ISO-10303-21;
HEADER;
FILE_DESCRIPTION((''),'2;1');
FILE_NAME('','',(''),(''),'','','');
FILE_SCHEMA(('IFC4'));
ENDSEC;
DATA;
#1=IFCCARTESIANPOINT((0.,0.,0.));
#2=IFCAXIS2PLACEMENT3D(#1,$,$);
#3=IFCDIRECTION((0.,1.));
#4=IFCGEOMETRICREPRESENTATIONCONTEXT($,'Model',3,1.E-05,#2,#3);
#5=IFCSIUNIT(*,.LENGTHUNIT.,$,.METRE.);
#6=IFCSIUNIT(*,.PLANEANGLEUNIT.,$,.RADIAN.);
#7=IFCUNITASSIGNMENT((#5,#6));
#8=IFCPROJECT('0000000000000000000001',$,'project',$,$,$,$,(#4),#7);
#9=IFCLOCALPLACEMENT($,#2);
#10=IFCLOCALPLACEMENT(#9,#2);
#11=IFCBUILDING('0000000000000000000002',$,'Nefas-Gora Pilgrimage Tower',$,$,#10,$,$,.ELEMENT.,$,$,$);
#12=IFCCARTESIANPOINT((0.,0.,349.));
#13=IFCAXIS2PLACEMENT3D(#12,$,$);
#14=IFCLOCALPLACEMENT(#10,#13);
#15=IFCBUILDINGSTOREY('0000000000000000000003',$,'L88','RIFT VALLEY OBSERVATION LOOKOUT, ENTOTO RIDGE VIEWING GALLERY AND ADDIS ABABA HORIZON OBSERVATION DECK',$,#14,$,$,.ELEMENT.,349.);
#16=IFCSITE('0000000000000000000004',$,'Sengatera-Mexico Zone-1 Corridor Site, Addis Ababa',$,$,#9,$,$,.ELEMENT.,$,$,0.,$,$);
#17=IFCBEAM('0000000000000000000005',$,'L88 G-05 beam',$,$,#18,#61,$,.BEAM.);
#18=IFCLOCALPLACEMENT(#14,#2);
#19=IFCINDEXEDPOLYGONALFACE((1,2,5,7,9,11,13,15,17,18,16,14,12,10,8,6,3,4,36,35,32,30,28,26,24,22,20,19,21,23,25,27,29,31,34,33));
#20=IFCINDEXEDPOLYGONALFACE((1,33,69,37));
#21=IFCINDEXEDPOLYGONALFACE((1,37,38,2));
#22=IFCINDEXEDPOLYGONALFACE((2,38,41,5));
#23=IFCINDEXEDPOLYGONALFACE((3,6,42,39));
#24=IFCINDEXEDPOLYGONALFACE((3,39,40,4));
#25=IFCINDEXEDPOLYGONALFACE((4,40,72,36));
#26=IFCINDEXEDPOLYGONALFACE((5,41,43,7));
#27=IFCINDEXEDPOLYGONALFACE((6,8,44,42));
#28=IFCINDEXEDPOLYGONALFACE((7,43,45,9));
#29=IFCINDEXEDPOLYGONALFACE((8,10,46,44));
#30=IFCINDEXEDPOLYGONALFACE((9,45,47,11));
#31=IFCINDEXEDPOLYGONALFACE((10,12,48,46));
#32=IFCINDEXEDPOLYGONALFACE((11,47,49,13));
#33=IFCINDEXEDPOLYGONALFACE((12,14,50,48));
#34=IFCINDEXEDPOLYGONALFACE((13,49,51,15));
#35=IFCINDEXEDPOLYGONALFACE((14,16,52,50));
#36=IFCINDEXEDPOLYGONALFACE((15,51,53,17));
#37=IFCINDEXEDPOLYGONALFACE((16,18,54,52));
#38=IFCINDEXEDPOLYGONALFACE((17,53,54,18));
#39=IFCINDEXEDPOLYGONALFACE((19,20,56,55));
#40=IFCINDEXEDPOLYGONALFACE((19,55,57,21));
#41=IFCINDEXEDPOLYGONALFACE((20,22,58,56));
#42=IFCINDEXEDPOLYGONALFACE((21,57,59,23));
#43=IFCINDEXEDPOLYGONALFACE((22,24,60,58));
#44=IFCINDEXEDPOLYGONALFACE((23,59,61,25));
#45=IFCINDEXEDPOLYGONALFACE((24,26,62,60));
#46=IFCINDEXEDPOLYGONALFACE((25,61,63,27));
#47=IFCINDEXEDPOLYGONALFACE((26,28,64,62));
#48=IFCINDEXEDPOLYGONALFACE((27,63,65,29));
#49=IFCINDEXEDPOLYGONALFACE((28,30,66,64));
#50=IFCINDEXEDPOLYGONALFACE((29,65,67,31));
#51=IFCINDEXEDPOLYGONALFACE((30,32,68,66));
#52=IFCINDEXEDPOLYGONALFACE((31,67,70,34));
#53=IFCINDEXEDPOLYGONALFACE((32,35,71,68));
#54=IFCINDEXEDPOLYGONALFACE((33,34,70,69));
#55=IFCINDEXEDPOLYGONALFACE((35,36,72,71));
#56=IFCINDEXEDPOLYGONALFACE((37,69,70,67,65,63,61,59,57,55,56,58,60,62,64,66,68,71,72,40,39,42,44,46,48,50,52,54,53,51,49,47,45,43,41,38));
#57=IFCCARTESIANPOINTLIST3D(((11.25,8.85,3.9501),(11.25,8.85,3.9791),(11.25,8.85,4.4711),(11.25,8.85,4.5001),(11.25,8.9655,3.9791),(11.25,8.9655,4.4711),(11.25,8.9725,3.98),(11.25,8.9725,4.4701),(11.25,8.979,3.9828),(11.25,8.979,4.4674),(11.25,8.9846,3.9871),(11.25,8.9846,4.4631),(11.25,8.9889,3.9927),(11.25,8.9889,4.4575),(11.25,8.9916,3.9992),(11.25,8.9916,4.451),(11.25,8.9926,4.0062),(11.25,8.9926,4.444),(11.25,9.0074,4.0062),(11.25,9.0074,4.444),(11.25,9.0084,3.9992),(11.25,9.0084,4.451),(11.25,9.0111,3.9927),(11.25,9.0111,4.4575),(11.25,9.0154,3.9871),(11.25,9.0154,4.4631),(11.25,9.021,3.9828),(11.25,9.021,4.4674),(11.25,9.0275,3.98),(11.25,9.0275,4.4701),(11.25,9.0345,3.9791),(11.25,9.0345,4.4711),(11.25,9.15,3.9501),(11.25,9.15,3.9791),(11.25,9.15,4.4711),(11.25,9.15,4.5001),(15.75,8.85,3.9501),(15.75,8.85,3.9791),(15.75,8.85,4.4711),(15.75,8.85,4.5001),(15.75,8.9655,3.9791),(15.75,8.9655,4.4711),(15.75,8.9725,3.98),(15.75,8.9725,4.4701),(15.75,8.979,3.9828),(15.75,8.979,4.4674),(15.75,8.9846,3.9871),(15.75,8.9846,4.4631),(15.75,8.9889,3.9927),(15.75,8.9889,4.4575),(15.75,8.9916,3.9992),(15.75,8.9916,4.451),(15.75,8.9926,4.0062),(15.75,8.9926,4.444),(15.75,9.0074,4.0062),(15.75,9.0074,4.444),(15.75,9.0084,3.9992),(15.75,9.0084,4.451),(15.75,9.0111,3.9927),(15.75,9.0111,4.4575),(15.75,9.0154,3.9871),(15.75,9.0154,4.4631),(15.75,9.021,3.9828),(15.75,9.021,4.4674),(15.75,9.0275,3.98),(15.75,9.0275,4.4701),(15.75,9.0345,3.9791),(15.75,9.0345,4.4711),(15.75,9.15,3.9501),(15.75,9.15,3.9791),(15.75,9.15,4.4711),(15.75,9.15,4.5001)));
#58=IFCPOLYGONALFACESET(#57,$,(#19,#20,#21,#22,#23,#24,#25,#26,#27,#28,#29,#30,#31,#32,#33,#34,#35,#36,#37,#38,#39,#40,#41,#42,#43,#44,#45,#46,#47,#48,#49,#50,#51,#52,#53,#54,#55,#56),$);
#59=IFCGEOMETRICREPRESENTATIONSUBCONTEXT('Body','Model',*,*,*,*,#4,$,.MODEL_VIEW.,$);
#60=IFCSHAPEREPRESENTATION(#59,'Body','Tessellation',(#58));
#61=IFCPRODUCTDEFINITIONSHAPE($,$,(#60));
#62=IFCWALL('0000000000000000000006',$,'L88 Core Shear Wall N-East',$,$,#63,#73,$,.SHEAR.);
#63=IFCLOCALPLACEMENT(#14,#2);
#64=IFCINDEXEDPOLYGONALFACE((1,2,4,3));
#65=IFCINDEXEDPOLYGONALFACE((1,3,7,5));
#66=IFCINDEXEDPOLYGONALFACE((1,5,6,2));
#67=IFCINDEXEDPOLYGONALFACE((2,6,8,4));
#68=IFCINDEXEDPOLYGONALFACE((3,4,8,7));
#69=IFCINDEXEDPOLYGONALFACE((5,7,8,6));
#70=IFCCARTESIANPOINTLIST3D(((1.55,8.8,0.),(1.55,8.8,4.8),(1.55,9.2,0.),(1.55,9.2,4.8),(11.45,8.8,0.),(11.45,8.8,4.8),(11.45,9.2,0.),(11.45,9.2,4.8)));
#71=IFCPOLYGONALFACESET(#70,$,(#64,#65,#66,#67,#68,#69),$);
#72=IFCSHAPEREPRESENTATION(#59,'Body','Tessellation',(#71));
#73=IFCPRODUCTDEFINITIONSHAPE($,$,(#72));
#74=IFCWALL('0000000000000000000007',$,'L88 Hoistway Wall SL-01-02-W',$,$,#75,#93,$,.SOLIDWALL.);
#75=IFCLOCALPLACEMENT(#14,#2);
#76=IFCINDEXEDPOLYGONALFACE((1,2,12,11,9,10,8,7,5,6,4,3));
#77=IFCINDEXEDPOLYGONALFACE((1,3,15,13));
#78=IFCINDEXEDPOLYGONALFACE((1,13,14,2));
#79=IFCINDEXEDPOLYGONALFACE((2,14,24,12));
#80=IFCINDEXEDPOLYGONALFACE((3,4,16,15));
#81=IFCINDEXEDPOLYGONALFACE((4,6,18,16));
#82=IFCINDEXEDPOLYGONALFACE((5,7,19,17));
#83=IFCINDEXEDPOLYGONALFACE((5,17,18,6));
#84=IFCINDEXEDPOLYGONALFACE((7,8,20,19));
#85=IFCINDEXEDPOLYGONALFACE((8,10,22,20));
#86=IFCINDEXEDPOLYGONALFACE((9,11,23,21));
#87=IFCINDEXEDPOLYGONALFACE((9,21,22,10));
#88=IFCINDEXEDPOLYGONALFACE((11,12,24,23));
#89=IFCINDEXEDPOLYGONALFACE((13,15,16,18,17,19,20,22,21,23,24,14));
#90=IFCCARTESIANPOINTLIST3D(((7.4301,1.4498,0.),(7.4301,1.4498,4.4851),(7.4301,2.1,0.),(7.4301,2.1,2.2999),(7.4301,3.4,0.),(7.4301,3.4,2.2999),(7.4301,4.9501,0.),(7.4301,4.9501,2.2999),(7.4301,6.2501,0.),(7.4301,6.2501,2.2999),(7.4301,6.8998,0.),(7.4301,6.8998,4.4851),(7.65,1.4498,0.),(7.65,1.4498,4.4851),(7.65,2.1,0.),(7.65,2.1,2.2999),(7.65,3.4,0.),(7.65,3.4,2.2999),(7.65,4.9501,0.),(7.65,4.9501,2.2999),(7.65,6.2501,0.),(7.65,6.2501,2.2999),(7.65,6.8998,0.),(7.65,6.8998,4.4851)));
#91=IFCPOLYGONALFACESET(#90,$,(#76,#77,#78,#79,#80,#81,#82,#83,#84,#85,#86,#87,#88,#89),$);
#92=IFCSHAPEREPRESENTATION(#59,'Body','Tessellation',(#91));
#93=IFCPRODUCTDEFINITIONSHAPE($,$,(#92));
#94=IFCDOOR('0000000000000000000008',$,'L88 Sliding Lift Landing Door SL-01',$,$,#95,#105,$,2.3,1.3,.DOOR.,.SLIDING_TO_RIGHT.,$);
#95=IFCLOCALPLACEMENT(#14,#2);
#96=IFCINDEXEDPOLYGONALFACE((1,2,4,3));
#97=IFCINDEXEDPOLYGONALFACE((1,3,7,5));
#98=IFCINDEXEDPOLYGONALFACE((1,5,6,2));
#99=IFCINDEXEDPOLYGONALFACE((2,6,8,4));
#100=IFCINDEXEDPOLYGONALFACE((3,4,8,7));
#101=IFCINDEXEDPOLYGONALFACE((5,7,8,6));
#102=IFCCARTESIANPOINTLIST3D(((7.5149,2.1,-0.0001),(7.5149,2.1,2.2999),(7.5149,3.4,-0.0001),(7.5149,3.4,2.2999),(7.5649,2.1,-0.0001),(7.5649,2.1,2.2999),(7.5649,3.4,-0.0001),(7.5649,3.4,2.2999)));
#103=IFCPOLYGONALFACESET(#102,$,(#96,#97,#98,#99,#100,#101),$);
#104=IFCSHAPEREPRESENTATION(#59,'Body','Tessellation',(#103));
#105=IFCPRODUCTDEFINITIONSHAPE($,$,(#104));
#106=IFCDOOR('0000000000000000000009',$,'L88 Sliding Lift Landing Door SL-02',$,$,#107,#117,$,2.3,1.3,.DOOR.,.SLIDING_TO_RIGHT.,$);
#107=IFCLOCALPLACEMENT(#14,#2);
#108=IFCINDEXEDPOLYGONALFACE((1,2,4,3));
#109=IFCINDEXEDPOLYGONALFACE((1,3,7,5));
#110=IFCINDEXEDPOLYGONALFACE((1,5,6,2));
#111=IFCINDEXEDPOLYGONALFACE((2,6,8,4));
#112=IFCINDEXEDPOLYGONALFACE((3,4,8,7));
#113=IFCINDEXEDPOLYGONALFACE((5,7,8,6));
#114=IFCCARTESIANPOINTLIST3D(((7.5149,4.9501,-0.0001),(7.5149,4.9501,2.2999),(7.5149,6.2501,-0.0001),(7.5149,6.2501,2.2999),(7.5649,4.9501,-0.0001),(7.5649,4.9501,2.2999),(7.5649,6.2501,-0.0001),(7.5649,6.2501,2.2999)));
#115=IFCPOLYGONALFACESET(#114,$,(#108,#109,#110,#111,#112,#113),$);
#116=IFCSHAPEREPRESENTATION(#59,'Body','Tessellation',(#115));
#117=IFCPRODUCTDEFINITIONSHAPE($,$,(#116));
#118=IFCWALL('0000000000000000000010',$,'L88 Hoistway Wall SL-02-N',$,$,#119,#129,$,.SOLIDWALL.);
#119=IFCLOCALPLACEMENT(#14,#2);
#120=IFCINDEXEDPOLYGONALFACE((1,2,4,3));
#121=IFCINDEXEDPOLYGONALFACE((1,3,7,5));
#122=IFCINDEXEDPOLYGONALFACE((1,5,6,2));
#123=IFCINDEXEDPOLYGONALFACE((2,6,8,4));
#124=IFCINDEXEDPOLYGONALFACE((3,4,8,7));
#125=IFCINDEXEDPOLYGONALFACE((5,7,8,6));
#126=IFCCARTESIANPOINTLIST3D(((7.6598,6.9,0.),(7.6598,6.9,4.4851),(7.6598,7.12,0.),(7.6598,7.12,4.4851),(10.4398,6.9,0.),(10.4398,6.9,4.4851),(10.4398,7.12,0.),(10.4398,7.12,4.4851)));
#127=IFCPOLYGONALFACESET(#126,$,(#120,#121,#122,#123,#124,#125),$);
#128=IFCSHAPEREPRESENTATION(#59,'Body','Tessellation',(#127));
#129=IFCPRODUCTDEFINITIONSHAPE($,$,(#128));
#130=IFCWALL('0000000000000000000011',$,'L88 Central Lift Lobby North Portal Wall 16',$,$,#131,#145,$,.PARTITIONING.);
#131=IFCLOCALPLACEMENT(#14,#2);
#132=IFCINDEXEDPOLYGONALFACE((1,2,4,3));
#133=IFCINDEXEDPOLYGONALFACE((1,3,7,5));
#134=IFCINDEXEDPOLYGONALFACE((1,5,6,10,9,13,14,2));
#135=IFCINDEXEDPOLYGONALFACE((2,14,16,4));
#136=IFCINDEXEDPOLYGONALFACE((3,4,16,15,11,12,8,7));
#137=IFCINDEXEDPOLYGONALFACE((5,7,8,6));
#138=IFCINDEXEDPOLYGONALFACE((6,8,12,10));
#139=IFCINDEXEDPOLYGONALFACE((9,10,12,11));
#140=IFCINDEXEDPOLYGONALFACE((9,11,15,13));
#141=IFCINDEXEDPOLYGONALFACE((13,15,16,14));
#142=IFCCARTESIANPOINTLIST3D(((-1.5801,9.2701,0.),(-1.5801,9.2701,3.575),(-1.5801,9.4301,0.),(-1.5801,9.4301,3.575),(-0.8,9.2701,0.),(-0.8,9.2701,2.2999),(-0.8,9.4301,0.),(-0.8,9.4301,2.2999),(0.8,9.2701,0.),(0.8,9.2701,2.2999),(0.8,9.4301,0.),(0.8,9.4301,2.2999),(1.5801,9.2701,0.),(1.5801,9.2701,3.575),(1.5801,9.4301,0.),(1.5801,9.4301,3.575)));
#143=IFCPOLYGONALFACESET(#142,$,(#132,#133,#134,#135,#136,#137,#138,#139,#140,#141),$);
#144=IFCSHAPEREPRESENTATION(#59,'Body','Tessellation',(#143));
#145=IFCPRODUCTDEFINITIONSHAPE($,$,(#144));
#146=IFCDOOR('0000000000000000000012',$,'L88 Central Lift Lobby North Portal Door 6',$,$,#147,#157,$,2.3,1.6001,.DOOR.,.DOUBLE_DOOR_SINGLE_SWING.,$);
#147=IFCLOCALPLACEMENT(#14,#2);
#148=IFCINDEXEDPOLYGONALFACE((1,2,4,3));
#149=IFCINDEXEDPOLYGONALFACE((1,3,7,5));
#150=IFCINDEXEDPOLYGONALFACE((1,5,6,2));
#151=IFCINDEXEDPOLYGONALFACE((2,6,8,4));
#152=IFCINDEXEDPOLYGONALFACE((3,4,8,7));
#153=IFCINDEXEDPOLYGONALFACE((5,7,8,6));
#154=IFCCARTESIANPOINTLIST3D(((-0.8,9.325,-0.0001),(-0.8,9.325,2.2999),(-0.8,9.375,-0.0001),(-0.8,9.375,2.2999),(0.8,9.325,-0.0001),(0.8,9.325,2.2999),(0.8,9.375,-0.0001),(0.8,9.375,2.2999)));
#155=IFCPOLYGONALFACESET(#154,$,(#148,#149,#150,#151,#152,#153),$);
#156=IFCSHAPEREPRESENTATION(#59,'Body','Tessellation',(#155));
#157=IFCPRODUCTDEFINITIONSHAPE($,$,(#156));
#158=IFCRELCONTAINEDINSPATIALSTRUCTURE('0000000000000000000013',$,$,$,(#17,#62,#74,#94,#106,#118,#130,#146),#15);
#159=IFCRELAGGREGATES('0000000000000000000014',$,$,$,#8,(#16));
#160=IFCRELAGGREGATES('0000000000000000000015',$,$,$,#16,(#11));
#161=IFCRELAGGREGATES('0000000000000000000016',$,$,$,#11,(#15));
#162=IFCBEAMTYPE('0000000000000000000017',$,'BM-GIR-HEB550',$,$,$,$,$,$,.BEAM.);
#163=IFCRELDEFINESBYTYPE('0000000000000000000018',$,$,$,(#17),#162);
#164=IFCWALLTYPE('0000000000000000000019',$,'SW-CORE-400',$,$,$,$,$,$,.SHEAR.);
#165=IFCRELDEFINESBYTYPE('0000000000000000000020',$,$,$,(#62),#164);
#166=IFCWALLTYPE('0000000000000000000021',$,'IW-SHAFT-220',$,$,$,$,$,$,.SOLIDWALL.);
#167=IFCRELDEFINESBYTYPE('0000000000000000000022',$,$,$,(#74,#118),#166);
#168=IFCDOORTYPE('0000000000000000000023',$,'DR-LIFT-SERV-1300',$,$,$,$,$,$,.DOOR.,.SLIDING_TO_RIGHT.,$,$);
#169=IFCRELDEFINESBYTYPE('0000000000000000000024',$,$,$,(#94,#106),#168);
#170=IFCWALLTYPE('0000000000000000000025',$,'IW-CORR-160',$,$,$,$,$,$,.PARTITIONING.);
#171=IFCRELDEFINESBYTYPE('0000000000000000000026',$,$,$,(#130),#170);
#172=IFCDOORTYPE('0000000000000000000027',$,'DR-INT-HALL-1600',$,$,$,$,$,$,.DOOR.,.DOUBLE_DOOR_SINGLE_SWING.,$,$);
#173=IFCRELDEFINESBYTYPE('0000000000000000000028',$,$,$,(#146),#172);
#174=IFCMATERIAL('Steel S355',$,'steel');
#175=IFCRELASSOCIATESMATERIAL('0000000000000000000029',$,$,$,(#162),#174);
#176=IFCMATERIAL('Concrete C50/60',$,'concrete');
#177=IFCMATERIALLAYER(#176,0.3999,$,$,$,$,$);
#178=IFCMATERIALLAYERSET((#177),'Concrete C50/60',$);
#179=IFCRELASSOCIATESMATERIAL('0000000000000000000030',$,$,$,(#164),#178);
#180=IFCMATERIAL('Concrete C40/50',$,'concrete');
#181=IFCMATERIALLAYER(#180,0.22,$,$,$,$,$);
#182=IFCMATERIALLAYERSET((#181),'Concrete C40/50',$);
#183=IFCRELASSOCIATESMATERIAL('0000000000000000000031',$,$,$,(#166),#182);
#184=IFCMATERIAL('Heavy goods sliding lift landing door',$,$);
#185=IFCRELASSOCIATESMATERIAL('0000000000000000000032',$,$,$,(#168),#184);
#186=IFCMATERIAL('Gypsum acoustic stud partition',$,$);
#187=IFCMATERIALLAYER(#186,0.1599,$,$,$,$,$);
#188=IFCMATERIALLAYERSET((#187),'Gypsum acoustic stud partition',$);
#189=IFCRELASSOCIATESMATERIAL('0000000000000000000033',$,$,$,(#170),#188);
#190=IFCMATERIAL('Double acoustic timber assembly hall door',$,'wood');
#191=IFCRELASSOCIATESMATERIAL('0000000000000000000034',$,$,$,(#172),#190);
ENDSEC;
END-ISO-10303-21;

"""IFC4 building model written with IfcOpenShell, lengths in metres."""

from ifc_helpers import new_model, si_unit, direction, frame, frame_2d, origin, origin_2d, place, context, subcontext, project, spatial, rectangle, i_section, extrude, source, transform, mapped, material, layer, layer_set, material_profile, profile_set, type_object, element, fill, save


model = new_model("IFC4")

# Units and contexts
model_context = context("Model", 3, precision=1e-05, world=origin(), true_north=direction((0.0, 1.0)))
body_context = subcontext(model_context, "Body", "Model", "MODEL_VIEW")
ifc_project = project(units=[si_unit("LENGTHUNIT", "METRE"), si_unit("PLANEANGLEUNIT", "RADIAN")], contexts=[model_context])

# Site, building, storey
site_placement = place(None, origin())
site = spatial("IfcSite", under=ifc_project, at=site_placement, Name="Sengatera-Mexico Zone-1 Corridor Site, Addis Ababa", CompositionType="ELEMENT", RefElevation=0.0)
building_placement = place(site_placement, origin())
building = spatial("IfcBuilding", under=site, at=building_placement, Name="Nefas-Gora Pilgrimage Tower", CompositionType="ELEMENT")
storey_placement = place(building_placement, frame((0.0, 0.0, 349.0)))
storey = spatial("IfcBuildingStorey", under=building, at=storey_placement, Name="L88", Description="RIFT VALLEY OBSERVATION LOOKOUT, ENTOTO RIDGE VIEWING GALLERY AND ADDIS ABABA HORIZON OBSERVATION DECK", CompositionType="ELEMENT", Elevation=349.0)

# Shared definitions
ifc_material_1 = material(Name="Steel S355", Category="steel")
ifc_material_2 = material(Name="Concrete C50/60", Category="concrete")

# Beam
ifc_material_profile_1 = material_profile(ifc_material_1, i_section(OverallWidth=0.3, OverallDepth=0.55, WebThickness=0.0149, FlangeThickness=0.0291, FilletRadius=0.0271, at=origin_2d()), Name="HEB 550")
ifc_profile_set_1 = profile_set([ifc_material_profile_1], Name="Steel S355")
beam_type_1 = type_object("IfcBeamType", Name="BM-GIR-HEB550", PredefinedType="BEAM", material=ifc_profile_set_1)
shared_shape_1 = source(origin(), body_context, "Body", "SweptSolid", [
    extrude(i_section(OverallWidth=0.3, OverallDepth=0.55, WebThickness=0.0149, FlangeThickness=0.0291, FilletRadius=0.0271, at=origin_2d()), origin(), (0.0, 0.0, 1.0), 4.5),
])
for number, where, z_axis, x_axis, name in (
    (1, (11.25, 9.0, 4.2251), (1.0, 0.0, 0.0), (0.0, 1.0, 0.0), "L88 G-05 beam"),
):
    element("IfcBeam", number, at=place(storey_placement, frame(where, z_axis=z_axis, x_axis=x_axis)), inside=storey, type_object=beam_type_1, Name=name, PredefinedType="BEAM", context=body_context, shape_type="MappedRepresentation", body=[
        mapped(shared_shape_1, transform((0.0, 0.0, 0.0), x_axis=(1.0, 0.0, 0.0), y_axis=(0.0, 1.0, 0.0), z_axis=(0.0, 0.0, 1.0), scale=1.0)),
    ])

# Wall
ifc_layer_1 = layer(ifc_material_2, 0.3999)
ifc_layer_set_1 = layer_set([ifc_layer_1], Name="Concrete C50/60")
wall_type_1 = type_object("IfcWallType", Name="SW-CORE-400", PredefinedType="SHEAR", material=ifc_layer_set_1)
shared_shape_2 = source(origin(), body_context, "Body", "SweptSolid", [
    extrude(rectangle(XDim=9.8999, YDim=0.3999, at=frame_2d((4.95, 0.0))), origin(), (0.0, 0.0, 1.0), 4.8),
])
wall_1_placement = place(storey_placement, frame((1.55, 9.0, 0.0), z_axis=(0.0, 0.0, 1.0), x_axis=(1.0, 0.0, 0.0)))
element("IfcWall", 2, at=wall_1_placement, inside=storey, type_object=wall_type_1, Name="L88 Core Shear Wall N-East", PredefinedType="SHEAR", context=body_context, shape_type="MappedRepresentation", body=[
    mapped(shared_shape_2, transform((0.0, 0.0, 0.0), x_axis=(1.0, 0.0, 0.0), y_axis=(0.0, 1.0, 0.0), z_axis=(0.0, 0.0, 1.0), scale=1.0)),
])

# Wall, openings, doors
ifc_material_3 = material(Name="Concrete C40/50", Category="concrete")
ifc_layer_2 = layer(ifc_material_3, 0.22)
ifc_layer_set_2 = layer_set([ifc_layer_2], Name="Concrete C40/50")
wall_type_2 = type_object("IfcWallType", Name="IW-SHAFT-220", PredefinedType="SOLIDWALL", material=ifc_layer_set_2)
shared_shape_3 = source(origin(), body_context, "Body", "SweptSolid", [
    extrude(rectangle(XDim=5.45, YDim=0.22, at=frame_2d((2.7251, 0.0))), origin(), (0.0, 0.0, 1.0), 4.4851),
])
wall_2_placement = place(storey_placement, frame((7.54, 6.8999, 0.0), z_axis=(0.0, 0.0, 1.0), x_axis=(0.0, -1.0, 0.0)))
wall_2 = element("IfcWall", 3, at=wall_2_placement, inside=storey, type_object=wall_type_2, Name="L88 Hoistway Wall SL-01-02-W", PredefinedType="SOLIDWALL", context=body_context, shape_type="MappedRepresentation", body=[
    mapped(shared_shape_3, transform((0.0, 0.0, 0.0), x_axis=(1.0, 0.0, 0.0), y_axis=(0.0, 1.0, 0.0), z_axis=(0.0, 0.0, 1.0), scale=1.0)),
])
opening_1_placement = place(wall_2_placement, frame((3.5, 0.0, 0.0)))
opening_1 = element("IfcOpeningElement", 4, at=opening_1_placement, cuts=wall_2, PredefinedType="OPENING", context=body_context, shape_type="SweptSolid", body=[
    extrude(rectangle(XDim=1.3, YDim=2.3, at=frame_2d((0.6499, 1.1499))), frame((0.0, 0.1199, 0.0), z_axis=(0.0, -1.0, 0.0), x_axis=(1.0, 0.0, 0.0)), (0.0, 0.0, 1.0), 0.24),
])
opening_2_placement = place(wall_2_placement, frame((0.6499, 0.0, 0.0)))
opening_2 = element("IfcOpeningElement", 5, at=opening_2_placement, cuts=wall_2, PredefinedType="OPENING", context=body_context, shape_type="SweptSolid", body=[
    extrude(rectangle(XDim=1.3, YDim=2.3, at=frame_2d((0.6499, 1.1499))), frame((0.0, 0.1199, 0.0), z_axis=(0.0, -1.0, 0.0), x_axis=(1.0, 0.0, 0.0)), (0.0, 0.0, 1.0), 0.24),
])
ifc_material_4 = material(Name="Heavy goods sliding lift landing door")
door_type_1 = type_object("IfcDoorType", Name="DR-LIFT-SERV-1300", OperationType="SLIDING_TO_RIGHT", PredefinedType="DOOR", material=ifc_material_4)
shared_shape_4 = source(origin(), body_context, "Body", "SweptSolid", [
    extrude(rectangle(XDim=1.3, YDim=2.3, at=frame_2d((0.6499, 1.1499))), frame((0.0, 0.0249, 0.0), z_axis=(0.0, -1.0, 0.0), x_axis=(1.0, 0.0, 0.0)), (0.0, 0.0, 1.0), 0.05),
])
door_1_placement = place(opening_1_placement, origin())
door_1 = element("IfcDoor", 6, at=door_1_placement, inside=storey, type_object=door_type_1, Name="L88 Sliding Lift Landing Door SL-01", OperationType="SLIDING_TO_RIGHT", OverallHeight=2.3, OverallWidth=1.3, PredefinedType="DOOR", context=body_context, shape_type="MappedRepresentation", body=[
    mapped(shared_shape_4, transform((0.0, 0.0, 0.0), x_axis=(1.0, 0.0, 0.0), y_axis=(0.0, 1.0, 0.0), z_axis=(0.0, 0.0, 1.0), scale=1.0)),
])
fill(opening_1, door_1)
door_2_placement = place(opening_2_placement, origin())
door_2 = element("IfcDoor", 7, at=door_2_placement, inside=storey, type_object=door_type_1, Name="L88 Sliding Lift Landing Door SL-02", OperationType="SLIDING_TO_RIGHT", OverallHeight=2.3, OverallWidth=1.3, PredefinedType="DOOR", context=body_context, shape_type="MappedRepresentation", body=[
    mapped(shared_shape_4, transform((0.0, 0.0, 0.0), x_axis=(1.0, 0.0, 0.0), y_axis=(0.0, 1.0, 0.0), z_axis=(0.0, 0.0, 1.0), scale=1.0)),
])
fill(opening_2, door_2)

# Wall
shared_shape_5 = source(origin(), body_context, "Body", "SweptSolid", [
    extrude(rectangle(XDim=2.78, YDim=0.22, at=frame_2d((1.3901, 0.0))), origin(), (0.0, 0.0, 1.0), 4.4851),
])
wall_3_placement = place(storey_placement, frame((10.4399, 7.01, 0.0), z_axis=(0.0, 0.0, 1.0), x_axis=(-1.0, 0.0, 0.0)))
element("IfcWall", 8, at=wall_3_placement, inside=storey, type_object=wall_type_2, Name="L88 Hoistway Wall SL-02-N", PredefinedType="SOLIDWALL", context=body_context, shape_type="MappedRepresentation", body=[
    mapped(shared_shape_5, transform((0.0, 0.0, 0.0), x_axis=(1.0, 0.0, 0.0), y_axis=(0.0, 1.0, 0.0), z_axis=(0.0, 0.0, 1.0), scale=1.0)),
])

# Wall, opening, door
ifc_material_5 = material(Name="Gypsum acoustic stud partition")
ifc_layer_3 = layer(ifc_material_5, 0.1599)
ifc_layer_set_3 = layer_set([ifc_layer_3], Name="Gypsum acoustic stud partition")
wall_type_3 = type_object("IfcWallType", Name="IW-CORR-160", PredefinedType="PARTITIONING", material=ifc_layer_set_3)
shared_shape_6 = source(origin(), body_context, "Body", "SweptSolid", [
    extrude(rectangle(XDim=3.1602, YDim=0.1599, at=frame_2d((1.5801, 0.0))), origin(), (0.0, 0.0, 1.0), 3.575),
])
wall_4_placement = place(storey_placement, frame((-1.5801, 9.3501, 0.0), z_axis=(0.0, 0.0, 1.0), x_axis=(1.0, 0.0, 0.0)))
wall_4 = element("IfcWall", 9, at=wall_4_placement, inside=storey, type_object=wall_type_3, Name="L88 Central Lift Lobby North Portal Wall 16", PredefinedType="PARTITIONING", context=body_context, shape_type="MappedRepresentation", body=[
    mapped(shared_shape_6, transform((0.0, 0.0, 0.0), x_axis=(1.0, 0.0, 0.0), y_axis=(0.0, 1.0, 0.0), z_axis=(0.0, 0.0, 1.0), scale=1.0)),
])
opening_3_placement = place(wall_4_placement, frame((0.78, 0.0, 0.0)))
opening_3 = element("IfcOpeningElement", 10, at=opening_3_placement, cuts=wall_4, PredefinedType="OPENING", context=body_context, shape_type="SweptSolid", body=[
    extrude(rectangle(XDim=1.6001, YDim=2.3, at=frame_2d((0.8, 1.1499))), frame((0.0, 0.0898, 0.0), z_axis=(0.0, -1.0, 0.0), x_axis=(1.0, 0.0, 0.0)), (0.0, 0.0, 1.0), 0.1799),
])
ifc_material_6 = material(Name="Double acoustic timber assembly hall door", Category="wood")
door_type_2 = type_object("IfcDoorType", Name="DR-INT-HALL-1600", OperationType="DOUBLE_DOOR_SINGLE_SWING", PredefinedType="DOOR", material=ifc_material_6)
shared_shape_7 = source(origin(), body_context, "Body", "SweptSolid", [
    extrude(rectangle(XDim=1.6001, YDim=2.3, at=frame_2d((0.8, 1.1499))), frame((0.0, 0.0249, 0.0), z_axis=(0.0, -1.0, 0.0), x_axis=(1.0, 0.0, 0.0)), (0.0, 0.0, 1.0), 0.05),
])
door_3_placement = place(opening_3_placement, origin())
door_3 = element("IfcDoor", 11, at=door_3_placement, inside=storey, type_object=door_type_2, Name="L88 Central Lift Lobby North Portal Door 6", OperationType="DOUBLE_DOOR_SINGLE_SWING", OverallHeight=2.3, OverallWidth=1.6001, PredefinedType="DOOR", context=body_context, shape_type="MappedRepresentation", body=[
    mapped(shared_shape_7, transform((0.0, 0.0, 0.0), x_axis=(1.0, 0.0, 0.0), y_axis=(0.0, 1.0, 0.0), z_axis=(0.0, 0.0, 1.0), scale=1.0)),
])
fill(opening_3, door_3)

save(model, "model.ifc")
